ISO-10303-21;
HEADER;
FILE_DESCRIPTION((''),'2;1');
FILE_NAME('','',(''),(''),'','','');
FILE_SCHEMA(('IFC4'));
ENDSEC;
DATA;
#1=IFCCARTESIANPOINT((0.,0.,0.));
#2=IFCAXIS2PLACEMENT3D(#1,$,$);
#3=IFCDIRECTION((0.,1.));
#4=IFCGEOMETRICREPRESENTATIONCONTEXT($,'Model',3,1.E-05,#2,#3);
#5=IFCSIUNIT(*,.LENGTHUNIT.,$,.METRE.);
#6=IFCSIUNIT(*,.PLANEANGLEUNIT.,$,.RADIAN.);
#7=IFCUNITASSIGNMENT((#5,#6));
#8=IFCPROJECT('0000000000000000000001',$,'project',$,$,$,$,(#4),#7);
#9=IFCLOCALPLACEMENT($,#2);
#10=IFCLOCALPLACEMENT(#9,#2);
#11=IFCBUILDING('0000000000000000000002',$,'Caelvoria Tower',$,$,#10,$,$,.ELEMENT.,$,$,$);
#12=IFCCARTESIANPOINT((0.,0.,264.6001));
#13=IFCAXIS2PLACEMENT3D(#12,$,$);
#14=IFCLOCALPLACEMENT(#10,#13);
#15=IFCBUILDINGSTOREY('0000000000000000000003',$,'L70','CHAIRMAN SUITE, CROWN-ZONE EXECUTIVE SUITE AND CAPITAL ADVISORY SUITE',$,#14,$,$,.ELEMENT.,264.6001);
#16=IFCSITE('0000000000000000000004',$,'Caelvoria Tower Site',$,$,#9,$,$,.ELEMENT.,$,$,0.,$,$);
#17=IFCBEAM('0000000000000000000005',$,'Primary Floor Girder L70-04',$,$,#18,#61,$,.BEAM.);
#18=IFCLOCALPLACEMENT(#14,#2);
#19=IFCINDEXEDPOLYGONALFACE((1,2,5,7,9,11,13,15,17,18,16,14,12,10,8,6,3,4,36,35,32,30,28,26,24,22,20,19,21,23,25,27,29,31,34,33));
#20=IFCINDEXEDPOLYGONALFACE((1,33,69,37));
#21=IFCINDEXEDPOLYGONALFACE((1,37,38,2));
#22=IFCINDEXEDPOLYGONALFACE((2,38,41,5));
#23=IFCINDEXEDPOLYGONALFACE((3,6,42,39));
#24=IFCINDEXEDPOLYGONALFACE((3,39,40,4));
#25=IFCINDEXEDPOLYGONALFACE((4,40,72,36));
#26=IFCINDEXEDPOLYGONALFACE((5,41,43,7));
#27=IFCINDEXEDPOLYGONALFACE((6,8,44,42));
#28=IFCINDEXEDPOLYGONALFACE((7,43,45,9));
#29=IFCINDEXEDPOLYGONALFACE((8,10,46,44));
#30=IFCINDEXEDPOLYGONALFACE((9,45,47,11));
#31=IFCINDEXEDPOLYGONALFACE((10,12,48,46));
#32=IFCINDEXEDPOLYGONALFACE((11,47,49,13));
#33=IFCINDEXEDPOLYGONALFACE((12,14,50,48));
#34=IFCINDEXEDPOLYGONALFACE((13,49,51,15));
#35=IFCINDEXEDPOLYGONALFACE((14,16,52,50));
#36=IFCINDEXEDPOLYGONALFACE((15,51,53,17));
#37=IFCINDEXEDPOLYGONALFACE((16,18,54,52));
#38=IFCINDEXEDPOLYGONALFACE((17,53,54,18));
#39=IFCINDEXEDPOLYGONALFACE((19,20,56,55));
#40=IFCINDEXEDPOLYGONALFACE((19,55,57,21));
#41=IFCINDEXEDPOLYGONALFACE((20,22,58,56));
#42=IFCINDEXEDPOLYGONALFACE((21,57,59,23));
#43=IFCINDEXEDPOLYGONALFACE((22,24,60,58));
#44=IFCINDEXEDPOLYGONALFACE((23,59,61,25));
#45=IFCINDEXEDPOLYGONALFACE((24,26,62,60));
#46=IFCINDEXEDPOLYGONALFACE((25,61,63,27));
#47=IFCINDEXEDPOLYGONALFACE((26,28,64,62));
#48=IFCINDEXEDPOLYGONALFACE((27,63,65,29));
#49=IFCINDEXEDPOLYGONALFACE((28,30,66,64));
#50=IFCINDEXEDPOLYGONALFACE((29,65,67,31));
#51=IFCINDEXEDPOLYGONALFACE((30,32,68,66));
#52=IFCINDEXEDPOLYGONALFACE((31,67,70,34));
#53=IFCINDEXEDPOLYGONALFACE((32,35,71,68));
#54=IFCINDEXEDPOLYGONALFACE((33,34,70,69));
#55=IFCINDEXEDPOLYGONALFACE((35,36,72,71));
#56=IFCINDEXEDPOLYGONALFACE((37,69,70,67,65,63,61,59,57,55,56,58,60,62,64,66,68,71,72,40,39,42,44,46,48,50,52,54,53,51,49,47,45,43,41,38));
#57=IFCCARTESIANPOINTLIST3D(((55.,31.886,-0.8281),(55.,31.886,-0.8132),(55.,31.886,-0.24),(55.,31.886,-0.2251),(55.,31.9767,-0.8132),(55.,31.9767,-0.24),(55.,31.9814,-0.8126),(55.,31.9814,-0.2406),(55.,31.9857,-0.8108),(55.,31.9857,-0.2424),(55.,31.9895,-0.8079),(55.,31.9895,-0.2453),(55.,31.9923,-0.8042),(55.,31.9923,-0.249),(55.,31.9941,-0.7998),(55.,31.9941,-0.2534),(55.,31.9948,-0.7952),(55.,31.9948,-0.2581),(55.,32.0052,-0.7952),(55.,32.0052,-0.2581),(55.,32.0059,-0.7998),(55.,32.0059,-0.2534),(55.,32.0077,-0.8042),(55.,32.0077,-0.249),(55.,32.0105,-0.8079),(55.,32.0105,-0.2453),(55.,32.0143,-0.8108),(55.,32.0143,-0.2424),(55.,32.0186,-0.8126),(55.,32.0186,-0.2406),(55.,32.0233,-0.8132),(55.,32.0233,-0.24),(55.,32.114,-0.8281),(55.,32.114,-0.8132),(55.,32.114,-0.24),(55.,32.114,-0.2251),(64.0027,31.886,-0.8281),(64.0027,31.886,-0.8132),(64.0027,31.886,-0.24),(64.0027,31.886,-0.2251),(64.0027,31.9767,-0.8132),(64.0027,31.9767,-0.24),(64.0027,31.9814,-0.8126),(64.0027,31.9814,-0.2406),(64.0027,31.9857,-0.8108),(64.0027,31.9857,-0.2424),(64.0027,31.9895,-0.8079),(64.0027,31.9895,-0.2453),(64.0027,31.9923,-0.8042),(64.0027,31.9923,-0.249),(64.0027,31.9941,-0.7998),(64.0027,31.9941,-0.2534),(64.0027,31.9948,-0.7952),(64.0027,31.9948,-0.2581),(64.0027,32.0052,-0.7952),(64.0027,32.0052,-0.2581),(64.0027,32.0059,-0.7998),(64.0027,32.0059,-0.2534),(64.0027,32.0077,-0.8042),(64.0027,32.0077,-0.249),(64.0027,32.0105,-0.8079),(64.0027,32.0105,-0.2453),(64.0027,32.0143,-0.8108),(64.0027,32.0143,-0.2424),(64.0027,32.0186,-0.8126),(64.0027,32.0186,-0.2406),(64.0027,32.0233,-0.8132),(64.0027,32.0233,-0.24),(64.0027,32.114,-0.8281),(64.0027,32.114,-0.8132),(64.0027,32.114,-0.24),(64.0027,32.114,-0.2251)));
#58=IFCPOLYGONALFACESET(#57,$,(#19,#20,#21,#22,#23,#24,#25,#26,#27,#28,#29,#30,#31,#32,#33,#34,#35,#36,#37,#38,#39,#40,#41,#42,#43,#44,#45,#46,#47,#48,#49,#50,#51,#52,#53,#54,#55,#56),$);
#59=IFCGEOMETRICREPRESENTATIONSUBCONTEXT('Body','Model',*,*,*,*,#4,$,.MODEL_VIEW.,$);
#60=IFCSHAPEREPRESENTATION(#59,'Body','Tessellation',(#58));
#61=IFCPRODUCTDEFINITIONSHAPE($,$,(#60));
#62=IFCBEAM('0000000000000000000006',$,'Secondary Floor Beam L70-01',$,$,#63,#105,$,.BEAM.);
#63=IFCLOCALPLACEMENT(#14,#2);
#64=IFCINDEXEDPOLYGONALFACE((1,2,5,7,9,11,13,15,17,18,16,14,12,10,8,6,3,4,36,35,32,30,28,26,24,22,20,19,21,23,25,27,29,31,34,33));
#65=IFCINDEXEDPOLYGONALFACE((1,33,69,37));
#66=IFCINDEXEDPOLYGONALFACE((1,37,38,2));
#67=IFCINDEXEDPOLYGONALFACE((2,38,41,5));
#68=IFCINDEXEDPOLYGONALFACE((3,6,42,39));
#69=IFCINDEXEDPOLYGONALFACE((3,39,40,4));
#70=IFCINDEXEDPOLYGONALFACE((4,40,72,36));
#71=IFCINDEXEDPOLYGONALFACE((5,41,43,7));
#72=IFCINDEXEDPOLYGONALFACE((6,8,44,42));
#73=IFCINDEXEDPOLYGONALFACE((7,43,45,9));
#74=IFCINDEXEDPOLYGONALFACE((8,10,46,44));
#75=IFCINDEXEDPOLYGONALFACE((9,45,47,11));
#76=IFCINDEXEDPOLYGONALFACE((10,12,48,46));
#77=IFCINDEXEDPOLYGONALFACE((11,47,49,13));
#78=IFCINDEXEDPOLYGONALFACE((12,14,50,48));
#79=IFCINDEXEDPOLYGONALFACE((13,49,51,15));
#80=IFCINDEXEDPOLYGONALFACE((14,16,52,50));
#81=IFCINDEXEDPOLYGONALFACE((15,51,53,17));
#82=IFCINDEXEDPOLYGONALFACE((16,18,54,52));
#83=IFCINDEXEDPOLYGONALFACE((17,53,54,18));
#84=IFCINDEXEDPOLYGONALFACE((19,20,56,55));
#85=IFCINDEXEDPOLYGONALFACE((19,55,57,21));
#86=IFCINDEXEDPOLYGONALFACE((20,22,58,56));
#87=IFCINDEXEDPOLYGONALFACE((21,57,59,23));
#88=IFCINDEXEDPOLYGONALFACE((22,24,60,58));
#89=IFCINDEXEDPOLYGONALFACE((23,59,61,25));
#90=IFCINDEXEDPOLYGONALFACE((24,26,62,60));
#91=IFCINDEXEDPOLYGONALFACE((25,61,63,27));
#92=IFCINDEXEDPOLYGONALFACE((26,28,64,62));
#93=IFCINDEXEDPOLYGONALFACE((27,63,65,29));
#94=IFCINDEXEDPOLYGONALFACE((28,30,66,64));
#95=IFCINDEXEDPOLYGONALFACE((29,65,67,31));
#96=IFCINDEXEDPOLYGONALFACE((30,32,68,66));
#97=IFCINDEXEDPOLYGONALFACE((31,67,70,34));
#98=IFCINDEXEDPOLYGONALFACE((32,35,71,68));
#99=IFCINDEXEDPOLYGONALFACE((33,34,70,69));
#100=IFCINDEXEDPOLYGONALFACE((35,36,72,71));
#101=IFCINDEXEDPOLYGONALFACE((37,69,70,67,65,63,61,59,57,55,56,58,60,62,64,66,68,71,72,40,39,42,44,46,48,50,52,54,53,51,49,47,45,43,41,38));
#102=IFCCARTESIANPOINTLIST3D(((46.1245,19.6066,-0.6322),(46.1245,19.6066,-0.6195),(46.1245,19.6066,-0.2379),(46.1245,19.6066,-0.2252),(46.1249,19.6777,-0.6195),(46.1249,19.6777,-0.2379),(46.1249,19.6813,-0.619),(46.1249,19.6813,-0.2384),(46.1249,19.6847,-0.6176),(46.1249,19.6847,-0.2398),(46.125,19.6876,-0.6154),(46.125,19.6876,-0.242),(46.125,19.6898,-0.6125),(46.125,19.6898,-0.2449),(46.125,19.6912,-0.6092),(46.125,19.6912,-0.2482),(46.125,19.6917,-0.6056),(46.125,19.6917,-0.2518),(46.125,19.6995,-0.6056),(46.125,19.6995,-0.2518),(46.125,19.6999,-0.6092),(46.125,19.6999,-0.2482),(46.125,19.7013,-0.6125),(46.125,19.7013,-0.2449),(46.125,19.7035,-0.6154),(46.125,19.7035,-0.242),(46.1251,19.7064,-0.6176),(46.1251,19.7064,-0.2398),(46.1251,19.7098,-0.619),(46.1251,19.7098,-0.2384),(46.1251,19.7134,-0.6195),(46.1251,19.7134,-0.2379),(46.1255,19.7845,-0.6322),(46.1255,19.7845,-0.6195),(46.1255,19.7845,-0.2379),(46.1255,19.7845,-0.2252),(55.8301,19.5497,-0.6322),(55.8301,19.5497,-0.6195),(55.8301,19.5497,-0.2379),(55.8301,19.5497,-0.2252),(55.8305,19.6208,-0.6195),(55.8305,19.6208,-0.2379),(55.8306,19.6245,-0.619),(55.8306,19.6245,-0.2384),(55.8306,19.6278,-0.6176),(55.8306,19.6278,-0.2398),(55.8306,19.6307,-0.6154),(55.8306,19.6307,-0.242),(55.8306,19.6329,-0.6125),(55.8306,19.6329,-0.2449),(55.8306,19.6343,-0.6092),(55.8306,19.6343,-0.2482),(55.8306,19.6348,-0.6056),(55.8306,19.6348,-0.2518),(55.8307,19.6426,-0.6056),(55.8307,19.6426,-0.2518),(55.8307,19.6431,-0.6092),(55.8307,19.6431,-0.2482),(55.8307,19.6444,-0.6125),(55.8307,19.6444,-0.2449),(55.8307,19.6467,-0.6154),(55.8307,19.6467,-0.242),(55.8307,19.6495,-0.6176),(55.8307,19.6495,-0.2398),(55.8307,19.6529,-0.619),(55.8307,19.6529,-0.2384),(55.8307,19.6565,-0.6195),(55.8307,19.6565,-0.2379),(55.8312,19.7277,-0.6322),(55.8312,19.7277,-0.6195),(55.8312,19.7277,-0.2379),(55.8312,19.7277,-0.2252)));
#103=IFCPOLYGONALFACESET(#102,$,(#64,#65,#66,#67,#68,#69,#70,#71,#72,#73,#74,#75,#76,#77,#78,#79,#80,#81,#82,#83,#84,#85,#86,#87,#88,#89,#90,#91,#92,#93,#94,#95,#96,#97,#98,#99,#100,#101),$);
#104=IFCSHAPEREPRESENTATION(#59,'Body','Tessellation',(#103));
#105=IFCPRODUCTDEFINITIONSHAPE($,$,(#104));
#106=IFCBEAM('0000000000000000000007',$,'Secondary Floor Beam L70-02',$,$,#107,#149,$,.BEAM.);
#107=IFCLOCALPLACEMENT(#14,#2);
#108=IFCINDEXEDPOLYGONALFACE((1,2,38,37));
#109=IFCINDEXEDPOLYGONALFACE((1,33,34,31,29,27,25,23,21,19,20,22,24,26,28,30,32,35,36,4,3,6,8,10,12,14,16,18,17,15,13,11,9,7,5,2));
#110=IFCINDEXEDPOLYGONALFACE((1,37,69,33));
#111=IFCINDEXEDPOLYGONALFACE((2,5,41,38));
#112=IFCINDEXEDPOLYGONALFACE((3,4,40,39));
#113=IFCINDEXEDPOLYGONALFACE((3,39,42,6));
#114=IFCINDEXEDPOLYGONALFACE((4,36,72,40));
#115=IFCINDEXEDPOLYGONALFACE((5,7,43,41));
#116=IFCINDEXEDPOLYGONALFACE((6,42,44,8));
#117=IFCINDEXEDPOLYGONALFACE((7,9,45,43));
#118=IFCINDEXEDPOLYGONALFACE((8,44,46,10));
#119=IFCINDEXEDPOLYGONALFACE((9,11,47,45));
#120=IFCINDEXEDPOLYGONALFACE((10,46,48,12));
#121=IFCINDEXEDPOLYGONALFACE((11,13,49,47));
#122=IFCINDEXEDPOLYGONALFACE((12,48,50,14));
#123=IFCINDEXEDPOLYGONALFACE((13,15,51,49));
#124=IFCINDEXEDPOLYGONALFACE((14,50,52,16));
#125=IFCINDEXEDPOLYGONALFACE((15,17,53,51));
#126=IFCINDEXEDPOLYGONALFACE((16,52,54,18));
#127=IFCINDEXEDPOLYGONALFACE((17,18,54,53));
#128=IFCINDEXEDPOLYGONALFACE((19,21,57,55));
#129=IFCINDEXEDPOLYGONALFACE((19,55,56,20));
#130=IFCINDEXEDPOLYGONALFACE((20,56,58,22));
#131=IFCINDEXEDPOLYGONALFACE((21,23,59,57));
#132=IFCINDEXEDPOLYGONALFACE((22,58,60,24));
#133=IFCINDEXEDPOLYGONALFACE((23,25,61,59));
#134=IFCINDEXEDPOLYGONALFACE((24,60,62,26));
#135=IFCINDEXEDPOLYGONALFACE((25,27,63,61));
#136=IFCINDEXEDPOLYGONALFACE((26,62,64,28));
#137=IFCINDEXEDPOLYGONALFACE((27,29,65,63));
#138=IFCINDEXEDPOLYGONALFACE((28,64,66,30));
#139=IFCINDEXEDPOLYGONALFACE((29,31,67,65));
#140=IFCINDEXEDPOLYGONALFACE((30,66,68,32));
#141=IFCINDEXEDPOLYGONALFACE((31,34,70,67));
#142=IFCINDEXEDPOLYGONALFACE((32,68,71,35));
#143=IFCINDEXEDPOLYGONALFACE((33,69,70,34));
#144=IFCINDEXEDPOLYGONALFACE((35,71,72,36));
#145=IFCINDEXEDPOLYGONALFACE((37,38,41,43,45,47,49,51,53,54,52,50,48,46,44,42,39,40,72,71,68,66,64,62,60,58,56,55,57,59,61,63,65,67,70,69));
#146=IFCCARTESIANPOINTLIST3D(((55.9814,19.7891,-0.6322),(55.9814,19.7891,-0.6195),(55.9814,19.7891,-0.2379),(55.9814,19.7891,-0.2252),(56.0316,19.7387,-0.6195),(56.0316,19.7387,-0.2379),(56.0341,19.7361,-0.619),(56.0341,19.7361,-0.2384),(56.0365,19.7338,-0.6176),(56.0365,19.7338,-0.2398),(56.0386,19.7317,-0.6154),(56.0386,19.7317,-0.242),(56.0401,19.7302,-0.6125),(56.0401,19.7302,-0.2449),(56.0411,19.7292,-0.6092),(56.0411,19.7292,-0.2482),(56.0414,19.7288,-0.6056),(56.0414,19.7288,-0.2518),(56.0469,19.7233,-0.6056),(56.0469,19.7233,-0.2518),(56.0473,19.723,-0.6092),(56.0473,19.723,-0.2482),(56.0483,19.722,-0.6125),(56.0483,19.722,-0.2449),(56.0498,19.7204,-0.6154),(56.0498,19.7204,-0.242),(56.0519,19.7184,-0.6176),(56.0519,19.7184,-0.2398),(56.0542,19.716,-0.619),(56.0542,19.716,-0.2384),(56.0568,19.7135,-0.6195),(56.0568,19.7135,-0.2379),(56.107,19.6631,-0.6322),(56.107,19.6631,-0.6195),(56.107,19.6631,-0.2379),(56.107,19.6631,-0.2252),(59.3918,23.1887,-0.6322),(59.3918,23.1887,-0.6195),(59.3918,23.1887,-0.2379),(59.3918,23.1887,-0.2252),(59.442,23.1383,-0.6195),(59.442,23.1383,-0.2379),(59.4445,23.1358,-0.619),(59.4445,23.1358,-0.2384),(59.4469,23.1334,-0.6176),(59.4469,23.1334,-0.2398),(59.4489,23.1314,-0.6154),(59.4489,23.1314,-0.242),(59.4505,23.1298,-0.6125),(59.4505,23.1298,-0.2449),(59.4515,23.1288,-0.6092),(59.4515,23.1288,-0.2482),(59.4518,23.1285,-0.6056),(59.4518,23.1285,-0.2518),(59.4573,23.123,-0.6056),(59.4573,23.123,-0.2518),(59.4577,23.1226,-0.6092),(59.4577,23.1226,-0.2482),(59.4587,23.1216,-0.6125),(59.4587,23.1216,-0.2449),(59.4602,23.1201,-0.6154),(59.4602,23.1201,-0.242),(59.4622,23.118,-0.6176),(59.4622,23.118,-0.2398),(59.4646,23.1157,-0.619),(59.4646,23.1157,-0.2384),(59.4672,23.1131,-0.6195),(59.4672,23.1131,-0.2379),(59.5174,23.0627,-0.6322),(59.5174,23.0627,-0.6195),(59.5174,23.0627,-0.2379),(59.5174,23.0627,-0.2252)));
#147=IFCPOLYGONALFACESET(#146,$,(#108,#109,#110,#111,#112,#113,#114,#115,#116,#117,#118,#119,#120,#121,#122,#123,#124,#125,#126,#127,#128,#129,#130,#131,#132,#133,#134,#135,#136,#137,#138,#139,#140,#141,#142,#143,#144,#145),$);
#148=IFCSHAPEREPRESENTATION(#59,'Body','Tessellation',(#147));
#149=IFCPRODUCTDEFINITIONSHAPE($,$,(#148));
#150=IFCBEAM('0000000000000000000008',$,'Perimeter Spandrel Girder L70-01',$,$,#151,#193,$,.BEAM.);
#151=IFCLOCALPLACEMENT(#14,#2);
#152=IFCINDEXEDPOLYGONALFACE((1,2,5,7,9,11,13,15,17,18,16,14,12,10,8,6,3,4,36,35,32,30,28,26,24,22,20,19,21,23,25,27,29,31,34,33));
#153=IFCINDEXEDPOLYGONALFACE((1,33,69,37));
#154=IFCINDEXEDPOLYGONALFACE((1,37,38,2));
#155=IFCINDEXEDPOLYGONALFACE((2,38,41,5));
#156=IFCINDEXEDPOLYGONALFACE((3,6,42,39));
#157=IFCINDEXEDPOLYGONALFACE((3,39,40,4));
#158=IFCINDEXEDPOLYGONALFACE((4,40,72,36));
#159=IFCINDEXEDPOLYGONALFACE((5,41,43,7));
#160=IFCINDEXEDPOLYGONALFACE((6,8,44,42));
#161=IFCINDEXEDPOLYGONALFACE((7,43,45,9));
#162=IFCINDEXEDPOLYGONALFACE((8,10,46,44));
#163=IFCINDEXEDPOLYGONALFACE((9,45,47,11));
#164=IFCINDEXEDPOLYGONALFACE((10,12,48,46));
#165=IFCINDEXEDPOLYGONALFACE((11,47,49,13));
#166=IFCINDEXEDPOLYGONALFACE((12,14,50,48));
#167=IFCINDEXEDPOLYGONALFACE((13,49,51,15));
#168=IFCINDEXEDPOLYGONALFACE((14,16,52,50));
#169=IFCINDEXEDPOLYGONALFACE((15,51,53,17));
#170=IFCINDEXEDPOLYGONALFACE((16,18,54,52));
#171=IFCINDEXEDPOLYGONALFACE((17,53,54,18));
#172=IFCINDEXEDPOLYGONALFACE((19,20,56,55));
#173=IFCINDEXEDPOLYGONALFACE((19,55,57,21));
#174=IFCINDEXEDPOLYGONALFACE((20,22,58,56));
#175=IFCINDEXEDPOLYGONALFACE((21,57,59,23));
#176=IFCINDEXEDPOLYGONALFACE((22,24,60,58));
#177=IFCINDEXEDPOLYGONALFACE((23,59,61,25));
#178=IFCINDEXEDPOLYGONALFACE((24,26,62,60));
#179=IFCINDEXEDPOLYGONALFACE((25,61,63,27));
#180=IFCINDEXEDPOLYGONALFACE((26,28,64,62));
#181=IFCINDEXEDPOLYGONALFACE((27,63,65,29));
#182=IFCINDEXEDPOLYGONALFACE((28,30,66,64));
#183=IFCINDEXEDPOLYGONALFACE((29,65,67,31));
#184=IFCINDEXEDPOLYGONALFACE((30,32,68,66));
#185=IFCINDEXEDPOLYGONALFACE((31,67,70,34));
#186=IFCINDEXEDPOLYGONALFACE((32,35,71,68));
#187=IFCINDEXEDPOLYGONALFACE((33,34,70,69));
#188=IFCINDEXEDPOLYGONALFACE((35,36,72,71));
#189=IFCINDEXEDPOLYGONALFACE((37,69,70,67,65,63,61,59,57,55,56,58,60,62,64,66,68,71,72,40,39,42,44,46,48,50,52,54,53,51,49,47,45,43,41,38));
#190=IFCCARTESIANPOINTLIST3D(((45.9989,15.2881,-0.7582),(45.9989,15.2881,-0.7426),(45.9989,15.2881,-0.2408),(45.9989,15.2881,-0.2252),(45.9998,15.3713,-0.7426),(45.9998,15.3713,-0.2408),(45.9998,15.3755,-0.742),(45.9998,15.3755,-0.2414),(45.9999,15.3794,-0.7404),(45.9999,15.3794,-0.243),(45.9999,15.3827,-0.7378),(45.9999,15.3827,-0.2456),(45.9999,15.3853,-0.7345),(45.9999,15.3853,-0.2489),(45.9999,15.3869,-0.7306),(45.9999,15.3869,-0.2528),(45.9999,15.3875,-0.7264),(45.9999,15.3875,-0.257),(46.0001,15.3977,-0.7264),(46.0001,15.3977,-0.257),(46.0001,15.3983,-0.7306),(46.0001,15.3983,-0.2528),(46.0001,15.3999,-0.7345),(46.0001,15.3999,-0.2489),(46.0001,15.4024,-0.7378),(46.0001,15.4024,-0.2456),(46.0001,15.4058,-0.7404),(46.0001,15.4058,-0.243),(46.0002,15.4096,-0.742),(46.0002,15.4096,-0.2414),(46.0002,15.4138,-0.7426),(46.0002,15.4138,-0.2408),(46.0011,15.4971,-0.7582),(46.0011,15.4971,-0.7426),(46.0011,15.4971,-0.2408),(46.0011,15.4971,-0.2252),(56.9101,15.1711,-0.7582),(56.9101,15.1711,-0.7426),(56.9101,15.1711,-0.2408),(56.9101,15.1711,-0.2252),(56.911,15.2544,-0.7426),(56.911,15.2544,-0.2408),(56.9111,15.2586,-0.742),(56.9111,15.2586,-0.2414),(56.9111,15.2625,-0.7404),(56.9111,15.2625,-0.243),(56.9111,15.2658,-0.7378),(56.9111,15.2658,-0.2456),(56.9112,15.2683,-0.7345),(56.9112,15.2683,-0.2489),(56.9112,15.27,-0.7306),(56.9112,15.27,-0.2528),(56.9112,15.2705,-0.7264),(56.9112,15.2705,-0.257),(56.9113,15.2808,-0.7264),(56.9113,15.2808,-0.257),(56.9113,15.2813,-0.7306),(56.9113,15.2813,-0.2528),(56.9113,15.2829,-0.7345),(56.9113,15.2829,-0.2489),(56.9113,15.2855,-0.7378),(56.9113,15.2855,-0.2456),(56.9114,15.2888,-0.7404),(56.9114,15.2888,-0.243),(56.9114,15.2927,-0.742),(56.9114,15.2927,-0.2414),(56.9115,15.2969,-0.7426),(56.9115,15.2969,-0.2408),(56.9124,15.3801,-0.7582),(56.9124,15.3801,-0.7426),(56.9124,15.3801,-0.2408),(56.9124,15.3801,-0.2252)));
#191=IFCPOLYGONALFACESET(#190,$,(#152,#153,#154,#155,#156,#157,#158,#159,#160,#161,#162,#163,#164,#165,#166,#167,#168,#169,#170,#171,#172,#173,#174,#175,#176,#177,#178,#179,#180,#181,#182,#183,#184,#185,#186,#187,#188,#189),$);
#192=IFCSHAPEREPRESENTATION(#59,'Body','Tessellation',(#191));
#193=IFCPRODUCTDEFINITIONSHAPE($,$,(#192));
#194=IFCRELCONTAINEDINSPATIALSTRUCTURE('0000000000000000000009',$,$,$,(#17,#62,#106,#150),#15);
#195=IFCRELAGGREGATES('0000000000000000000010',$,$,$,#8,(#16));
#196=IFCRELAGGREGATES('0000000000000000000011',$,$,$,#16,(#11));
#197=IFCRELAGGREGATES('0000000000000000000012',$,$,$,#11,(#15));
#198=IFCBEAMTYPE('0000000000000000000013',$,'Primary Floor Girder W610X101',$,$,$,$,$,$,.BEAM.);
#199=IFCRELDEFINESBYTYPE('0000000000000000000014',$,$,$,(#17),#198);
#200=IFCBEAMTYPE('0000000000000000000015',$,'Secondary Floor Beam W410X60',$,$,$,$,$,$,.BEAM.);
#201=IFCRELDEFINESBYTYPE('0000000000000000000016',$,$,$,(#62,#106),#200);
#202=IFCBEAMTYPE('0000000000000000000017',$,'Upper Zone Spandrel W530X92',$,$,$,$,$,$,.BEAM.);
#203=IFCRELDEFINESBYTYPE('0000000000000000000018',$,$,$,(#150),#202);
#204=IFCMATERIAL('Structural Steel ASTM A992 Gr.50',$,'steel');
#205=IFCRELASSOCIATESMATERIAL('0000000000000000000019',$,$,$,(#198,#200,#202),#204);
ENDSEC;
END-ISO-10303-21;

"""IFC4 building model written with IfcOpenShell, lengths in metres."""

from ifc_helpers import new_model, si_unit, direction, frame, origin, origin_2d, place, context, subcontext, project, spatial, i_section, extrude, material, material_profile, profile_set, type_object, element, save


model = new_model("IFC4")

# Units and contexts
model_context = context("Model", 3, precision=1e-05, world=origin(), true_north=direction((0.0, 1.0)))
body_context = subcontext(model_context, "Body", "Model", "MODEL_VIEW")
ifc_project = project(units=[si_unit("LENGTHUNIT", "METRE"), si_unit("PLANEANGLEUNIT", "RADIAN")], contexts=[model_context])

# Site, building, storey
site_placement = place(None, origin())
site = spatial("IfcSite", under=ifc_project, at=site_placement, Name="Caelvoria Tower Site", CompositionType="ELEMENT", RefElevation=0.0)
building_placement = place(site_placement, origin())
building = spatial("IfcBuilding", under=site, at=building_placement, Name="Caelvoria Tower", CompositionType="ELEMENT")
storey_placement = place(building_placement, frame((0.0, 0.0, 264.6001)))
storey = spatial("IfcBuildingStorey", under=building, at=storey_placement, Name="L70", Description="CHAIRMAN SUITE, CROWN-ZONE EXECUTIVE SUITE AND CAPITAL ADVISORY SUITE", CompositionType="ELEMENT", Elevation=264.6001)

# Shared definitions
ifc_material_1 = material(Name="Structural Steel ASTM A992 Gr.50", Category="steel")

# Beams
ifc_material_profile_1 = material_profile(ifc_material_1, i_section(OverallWidth=0.228, OverallDepth=0.603, WebThickness=0.0105, FlangeThickness=0.0149, FilletRadius=0.0181, at=origin_2d()), Name="Structural Steel ASTM A992 Gr.50")
ifc_profile_set_1 = profile_set([ifc_material_profile_1], Name="W610X101 - Structural Steel ASTM A992 Gr.50")
beam_type_1 = type_object("IfcBeamType", Name="Primary Floor Girder W610X101", PredefinedType="BEAM", material=ifc_profile_set_1)
beam_1_placement = place(storey_placement, frame((55.0, 32.0, -0.5266), z_axis=(1.0, 0.0, 0.0), x_axis=(0.0, 1.0, 0.0)))
element("IfcBeam", 1, at=beam_1_placement, inside=storey, type_object=beam_type_1, Name="Primary Floor Girder L70-04", PredefinedType="BEAM", context=body_context, shape_type="SweptSolid", body=[
    extrude(i_section(OverallWidth=0.228, OverallDepth=0.603, WebThickness=0.0105, FlangeThickness=0.0149, FilletRadius=0.0181, at=origin_2d()), origin(), (0.0, 0.0, 1.0), 9.0027),
])
ifc_material_profile_2 = material_profile(ifc_material_1, i_section(OverallWidth=0.178, OverallDepth=0.407, WebThickness=0.0078, FlangeThickness=0.0127, FilletRadius=0.0139, at=origin_2d()), Name="Structural Steel ASTM A992 Gr.50")
ifc_profile_set_2 = profile_set([ifc_material_profile_2], Name="W410X60 - Structural Steel ASTM A992 Gr.50")
beam_type_2 = type_object("IfcBeamType", Name="Secondary Floor Beam W410X60", PredefinedType="BEAM", material=ifc_profile_set_2)
beam_2_placement = place(storey_placement, frame((46.125, 19.6956, -0.4287), z_axis=(0.999983, -0.005861, 0.0), x_axis=(0.005861, 0.999983, 0.0)))
element("IfcBeam", 2, at=beam_2_placement, inside=storey, type_object=beam_type_2, Name="Secondary Floor Beam L70-01", PredefinedType="BEAM", context=body_context, shape_type="SweptSolid", body=[
    extrude(i_section(OverallWidth=0.178, OverallDepth=0.407, WebThickness=0.0078, FlangeThickness=0.0127, FilletRadius=0.0139, at=origin_2d()), origin(), (0.0, 0.0, 1.0), 9.7058),
])
beam_3_placement = place(storey_placement, frame((56.0442, 19.7261, -0.4287), z_axis=(0.708221, 0.705991, 0.0), x_axis=(-0.705991, 0.708221, 0.0)))
element("IfcBeam", 3, at=beam_3_placement, inside=storey, type_object=beam_type_2, Name="Secondary Floor Beam L70-02", PredefinedType="BEAM", context=body_context, shape_type="SweptSolid", body=[
    extrude(i_section(OverallWidth=0.178, OverallDepth=0.407, WebThickness=0.0078, FlangeThickness=0.0127, FilletRadius=0.0139, at=origin_2d()), origin(), (0.0, 0.0, 1.0), 4.8154),
])
ifc_material_profile_3 = material_profile(ifc_material_1, i_section(OverallWidth=0.209, OverallDepth=0.533, WebThickness=0.0103, FlangeThickness=0.0156, FilletRadius=0.0161, at=origin_2d()), Name="Structural Steel ASTM A992 Gr.50")
ifc_profile_set_3 = profile_set([ifc_material_profile_3], Name="W530X92 - Structural Steel ASTM A992 Gr.50")
beam_type_3 = type_object("IfcBeamType", Name="Upper Zone Spandrel W530X92", PredefinedType="BEAM", material=ifc_profile_set_3)
beam_4_placement = place(storey_placement, frame((46.0, 15.3926, -0.4917), z_axis=(0.999943, -0.010717, 0.0), x_axis=(0.010717, 0.999943, 0.0)))
element("IfcBeam", 4, at=beam_4_placement, inside=storey, type_object=beam_type_3, Name="Perimeter Spandrel Girder L70-01", PredefinedType="BEAM", context=body_context, shape_type="SweptSolid", body=[
    extrude(i_section(OverallWidth=0.209, OverallDepth=0.533, WebThickness=0.0103, FlangeThickness=0.0156, FilletRadius=0.0161, at=origin_2d()), origin(), (0.0, 0.0, 1.0), 10.9119),
])

save(model, "model.ifc")
